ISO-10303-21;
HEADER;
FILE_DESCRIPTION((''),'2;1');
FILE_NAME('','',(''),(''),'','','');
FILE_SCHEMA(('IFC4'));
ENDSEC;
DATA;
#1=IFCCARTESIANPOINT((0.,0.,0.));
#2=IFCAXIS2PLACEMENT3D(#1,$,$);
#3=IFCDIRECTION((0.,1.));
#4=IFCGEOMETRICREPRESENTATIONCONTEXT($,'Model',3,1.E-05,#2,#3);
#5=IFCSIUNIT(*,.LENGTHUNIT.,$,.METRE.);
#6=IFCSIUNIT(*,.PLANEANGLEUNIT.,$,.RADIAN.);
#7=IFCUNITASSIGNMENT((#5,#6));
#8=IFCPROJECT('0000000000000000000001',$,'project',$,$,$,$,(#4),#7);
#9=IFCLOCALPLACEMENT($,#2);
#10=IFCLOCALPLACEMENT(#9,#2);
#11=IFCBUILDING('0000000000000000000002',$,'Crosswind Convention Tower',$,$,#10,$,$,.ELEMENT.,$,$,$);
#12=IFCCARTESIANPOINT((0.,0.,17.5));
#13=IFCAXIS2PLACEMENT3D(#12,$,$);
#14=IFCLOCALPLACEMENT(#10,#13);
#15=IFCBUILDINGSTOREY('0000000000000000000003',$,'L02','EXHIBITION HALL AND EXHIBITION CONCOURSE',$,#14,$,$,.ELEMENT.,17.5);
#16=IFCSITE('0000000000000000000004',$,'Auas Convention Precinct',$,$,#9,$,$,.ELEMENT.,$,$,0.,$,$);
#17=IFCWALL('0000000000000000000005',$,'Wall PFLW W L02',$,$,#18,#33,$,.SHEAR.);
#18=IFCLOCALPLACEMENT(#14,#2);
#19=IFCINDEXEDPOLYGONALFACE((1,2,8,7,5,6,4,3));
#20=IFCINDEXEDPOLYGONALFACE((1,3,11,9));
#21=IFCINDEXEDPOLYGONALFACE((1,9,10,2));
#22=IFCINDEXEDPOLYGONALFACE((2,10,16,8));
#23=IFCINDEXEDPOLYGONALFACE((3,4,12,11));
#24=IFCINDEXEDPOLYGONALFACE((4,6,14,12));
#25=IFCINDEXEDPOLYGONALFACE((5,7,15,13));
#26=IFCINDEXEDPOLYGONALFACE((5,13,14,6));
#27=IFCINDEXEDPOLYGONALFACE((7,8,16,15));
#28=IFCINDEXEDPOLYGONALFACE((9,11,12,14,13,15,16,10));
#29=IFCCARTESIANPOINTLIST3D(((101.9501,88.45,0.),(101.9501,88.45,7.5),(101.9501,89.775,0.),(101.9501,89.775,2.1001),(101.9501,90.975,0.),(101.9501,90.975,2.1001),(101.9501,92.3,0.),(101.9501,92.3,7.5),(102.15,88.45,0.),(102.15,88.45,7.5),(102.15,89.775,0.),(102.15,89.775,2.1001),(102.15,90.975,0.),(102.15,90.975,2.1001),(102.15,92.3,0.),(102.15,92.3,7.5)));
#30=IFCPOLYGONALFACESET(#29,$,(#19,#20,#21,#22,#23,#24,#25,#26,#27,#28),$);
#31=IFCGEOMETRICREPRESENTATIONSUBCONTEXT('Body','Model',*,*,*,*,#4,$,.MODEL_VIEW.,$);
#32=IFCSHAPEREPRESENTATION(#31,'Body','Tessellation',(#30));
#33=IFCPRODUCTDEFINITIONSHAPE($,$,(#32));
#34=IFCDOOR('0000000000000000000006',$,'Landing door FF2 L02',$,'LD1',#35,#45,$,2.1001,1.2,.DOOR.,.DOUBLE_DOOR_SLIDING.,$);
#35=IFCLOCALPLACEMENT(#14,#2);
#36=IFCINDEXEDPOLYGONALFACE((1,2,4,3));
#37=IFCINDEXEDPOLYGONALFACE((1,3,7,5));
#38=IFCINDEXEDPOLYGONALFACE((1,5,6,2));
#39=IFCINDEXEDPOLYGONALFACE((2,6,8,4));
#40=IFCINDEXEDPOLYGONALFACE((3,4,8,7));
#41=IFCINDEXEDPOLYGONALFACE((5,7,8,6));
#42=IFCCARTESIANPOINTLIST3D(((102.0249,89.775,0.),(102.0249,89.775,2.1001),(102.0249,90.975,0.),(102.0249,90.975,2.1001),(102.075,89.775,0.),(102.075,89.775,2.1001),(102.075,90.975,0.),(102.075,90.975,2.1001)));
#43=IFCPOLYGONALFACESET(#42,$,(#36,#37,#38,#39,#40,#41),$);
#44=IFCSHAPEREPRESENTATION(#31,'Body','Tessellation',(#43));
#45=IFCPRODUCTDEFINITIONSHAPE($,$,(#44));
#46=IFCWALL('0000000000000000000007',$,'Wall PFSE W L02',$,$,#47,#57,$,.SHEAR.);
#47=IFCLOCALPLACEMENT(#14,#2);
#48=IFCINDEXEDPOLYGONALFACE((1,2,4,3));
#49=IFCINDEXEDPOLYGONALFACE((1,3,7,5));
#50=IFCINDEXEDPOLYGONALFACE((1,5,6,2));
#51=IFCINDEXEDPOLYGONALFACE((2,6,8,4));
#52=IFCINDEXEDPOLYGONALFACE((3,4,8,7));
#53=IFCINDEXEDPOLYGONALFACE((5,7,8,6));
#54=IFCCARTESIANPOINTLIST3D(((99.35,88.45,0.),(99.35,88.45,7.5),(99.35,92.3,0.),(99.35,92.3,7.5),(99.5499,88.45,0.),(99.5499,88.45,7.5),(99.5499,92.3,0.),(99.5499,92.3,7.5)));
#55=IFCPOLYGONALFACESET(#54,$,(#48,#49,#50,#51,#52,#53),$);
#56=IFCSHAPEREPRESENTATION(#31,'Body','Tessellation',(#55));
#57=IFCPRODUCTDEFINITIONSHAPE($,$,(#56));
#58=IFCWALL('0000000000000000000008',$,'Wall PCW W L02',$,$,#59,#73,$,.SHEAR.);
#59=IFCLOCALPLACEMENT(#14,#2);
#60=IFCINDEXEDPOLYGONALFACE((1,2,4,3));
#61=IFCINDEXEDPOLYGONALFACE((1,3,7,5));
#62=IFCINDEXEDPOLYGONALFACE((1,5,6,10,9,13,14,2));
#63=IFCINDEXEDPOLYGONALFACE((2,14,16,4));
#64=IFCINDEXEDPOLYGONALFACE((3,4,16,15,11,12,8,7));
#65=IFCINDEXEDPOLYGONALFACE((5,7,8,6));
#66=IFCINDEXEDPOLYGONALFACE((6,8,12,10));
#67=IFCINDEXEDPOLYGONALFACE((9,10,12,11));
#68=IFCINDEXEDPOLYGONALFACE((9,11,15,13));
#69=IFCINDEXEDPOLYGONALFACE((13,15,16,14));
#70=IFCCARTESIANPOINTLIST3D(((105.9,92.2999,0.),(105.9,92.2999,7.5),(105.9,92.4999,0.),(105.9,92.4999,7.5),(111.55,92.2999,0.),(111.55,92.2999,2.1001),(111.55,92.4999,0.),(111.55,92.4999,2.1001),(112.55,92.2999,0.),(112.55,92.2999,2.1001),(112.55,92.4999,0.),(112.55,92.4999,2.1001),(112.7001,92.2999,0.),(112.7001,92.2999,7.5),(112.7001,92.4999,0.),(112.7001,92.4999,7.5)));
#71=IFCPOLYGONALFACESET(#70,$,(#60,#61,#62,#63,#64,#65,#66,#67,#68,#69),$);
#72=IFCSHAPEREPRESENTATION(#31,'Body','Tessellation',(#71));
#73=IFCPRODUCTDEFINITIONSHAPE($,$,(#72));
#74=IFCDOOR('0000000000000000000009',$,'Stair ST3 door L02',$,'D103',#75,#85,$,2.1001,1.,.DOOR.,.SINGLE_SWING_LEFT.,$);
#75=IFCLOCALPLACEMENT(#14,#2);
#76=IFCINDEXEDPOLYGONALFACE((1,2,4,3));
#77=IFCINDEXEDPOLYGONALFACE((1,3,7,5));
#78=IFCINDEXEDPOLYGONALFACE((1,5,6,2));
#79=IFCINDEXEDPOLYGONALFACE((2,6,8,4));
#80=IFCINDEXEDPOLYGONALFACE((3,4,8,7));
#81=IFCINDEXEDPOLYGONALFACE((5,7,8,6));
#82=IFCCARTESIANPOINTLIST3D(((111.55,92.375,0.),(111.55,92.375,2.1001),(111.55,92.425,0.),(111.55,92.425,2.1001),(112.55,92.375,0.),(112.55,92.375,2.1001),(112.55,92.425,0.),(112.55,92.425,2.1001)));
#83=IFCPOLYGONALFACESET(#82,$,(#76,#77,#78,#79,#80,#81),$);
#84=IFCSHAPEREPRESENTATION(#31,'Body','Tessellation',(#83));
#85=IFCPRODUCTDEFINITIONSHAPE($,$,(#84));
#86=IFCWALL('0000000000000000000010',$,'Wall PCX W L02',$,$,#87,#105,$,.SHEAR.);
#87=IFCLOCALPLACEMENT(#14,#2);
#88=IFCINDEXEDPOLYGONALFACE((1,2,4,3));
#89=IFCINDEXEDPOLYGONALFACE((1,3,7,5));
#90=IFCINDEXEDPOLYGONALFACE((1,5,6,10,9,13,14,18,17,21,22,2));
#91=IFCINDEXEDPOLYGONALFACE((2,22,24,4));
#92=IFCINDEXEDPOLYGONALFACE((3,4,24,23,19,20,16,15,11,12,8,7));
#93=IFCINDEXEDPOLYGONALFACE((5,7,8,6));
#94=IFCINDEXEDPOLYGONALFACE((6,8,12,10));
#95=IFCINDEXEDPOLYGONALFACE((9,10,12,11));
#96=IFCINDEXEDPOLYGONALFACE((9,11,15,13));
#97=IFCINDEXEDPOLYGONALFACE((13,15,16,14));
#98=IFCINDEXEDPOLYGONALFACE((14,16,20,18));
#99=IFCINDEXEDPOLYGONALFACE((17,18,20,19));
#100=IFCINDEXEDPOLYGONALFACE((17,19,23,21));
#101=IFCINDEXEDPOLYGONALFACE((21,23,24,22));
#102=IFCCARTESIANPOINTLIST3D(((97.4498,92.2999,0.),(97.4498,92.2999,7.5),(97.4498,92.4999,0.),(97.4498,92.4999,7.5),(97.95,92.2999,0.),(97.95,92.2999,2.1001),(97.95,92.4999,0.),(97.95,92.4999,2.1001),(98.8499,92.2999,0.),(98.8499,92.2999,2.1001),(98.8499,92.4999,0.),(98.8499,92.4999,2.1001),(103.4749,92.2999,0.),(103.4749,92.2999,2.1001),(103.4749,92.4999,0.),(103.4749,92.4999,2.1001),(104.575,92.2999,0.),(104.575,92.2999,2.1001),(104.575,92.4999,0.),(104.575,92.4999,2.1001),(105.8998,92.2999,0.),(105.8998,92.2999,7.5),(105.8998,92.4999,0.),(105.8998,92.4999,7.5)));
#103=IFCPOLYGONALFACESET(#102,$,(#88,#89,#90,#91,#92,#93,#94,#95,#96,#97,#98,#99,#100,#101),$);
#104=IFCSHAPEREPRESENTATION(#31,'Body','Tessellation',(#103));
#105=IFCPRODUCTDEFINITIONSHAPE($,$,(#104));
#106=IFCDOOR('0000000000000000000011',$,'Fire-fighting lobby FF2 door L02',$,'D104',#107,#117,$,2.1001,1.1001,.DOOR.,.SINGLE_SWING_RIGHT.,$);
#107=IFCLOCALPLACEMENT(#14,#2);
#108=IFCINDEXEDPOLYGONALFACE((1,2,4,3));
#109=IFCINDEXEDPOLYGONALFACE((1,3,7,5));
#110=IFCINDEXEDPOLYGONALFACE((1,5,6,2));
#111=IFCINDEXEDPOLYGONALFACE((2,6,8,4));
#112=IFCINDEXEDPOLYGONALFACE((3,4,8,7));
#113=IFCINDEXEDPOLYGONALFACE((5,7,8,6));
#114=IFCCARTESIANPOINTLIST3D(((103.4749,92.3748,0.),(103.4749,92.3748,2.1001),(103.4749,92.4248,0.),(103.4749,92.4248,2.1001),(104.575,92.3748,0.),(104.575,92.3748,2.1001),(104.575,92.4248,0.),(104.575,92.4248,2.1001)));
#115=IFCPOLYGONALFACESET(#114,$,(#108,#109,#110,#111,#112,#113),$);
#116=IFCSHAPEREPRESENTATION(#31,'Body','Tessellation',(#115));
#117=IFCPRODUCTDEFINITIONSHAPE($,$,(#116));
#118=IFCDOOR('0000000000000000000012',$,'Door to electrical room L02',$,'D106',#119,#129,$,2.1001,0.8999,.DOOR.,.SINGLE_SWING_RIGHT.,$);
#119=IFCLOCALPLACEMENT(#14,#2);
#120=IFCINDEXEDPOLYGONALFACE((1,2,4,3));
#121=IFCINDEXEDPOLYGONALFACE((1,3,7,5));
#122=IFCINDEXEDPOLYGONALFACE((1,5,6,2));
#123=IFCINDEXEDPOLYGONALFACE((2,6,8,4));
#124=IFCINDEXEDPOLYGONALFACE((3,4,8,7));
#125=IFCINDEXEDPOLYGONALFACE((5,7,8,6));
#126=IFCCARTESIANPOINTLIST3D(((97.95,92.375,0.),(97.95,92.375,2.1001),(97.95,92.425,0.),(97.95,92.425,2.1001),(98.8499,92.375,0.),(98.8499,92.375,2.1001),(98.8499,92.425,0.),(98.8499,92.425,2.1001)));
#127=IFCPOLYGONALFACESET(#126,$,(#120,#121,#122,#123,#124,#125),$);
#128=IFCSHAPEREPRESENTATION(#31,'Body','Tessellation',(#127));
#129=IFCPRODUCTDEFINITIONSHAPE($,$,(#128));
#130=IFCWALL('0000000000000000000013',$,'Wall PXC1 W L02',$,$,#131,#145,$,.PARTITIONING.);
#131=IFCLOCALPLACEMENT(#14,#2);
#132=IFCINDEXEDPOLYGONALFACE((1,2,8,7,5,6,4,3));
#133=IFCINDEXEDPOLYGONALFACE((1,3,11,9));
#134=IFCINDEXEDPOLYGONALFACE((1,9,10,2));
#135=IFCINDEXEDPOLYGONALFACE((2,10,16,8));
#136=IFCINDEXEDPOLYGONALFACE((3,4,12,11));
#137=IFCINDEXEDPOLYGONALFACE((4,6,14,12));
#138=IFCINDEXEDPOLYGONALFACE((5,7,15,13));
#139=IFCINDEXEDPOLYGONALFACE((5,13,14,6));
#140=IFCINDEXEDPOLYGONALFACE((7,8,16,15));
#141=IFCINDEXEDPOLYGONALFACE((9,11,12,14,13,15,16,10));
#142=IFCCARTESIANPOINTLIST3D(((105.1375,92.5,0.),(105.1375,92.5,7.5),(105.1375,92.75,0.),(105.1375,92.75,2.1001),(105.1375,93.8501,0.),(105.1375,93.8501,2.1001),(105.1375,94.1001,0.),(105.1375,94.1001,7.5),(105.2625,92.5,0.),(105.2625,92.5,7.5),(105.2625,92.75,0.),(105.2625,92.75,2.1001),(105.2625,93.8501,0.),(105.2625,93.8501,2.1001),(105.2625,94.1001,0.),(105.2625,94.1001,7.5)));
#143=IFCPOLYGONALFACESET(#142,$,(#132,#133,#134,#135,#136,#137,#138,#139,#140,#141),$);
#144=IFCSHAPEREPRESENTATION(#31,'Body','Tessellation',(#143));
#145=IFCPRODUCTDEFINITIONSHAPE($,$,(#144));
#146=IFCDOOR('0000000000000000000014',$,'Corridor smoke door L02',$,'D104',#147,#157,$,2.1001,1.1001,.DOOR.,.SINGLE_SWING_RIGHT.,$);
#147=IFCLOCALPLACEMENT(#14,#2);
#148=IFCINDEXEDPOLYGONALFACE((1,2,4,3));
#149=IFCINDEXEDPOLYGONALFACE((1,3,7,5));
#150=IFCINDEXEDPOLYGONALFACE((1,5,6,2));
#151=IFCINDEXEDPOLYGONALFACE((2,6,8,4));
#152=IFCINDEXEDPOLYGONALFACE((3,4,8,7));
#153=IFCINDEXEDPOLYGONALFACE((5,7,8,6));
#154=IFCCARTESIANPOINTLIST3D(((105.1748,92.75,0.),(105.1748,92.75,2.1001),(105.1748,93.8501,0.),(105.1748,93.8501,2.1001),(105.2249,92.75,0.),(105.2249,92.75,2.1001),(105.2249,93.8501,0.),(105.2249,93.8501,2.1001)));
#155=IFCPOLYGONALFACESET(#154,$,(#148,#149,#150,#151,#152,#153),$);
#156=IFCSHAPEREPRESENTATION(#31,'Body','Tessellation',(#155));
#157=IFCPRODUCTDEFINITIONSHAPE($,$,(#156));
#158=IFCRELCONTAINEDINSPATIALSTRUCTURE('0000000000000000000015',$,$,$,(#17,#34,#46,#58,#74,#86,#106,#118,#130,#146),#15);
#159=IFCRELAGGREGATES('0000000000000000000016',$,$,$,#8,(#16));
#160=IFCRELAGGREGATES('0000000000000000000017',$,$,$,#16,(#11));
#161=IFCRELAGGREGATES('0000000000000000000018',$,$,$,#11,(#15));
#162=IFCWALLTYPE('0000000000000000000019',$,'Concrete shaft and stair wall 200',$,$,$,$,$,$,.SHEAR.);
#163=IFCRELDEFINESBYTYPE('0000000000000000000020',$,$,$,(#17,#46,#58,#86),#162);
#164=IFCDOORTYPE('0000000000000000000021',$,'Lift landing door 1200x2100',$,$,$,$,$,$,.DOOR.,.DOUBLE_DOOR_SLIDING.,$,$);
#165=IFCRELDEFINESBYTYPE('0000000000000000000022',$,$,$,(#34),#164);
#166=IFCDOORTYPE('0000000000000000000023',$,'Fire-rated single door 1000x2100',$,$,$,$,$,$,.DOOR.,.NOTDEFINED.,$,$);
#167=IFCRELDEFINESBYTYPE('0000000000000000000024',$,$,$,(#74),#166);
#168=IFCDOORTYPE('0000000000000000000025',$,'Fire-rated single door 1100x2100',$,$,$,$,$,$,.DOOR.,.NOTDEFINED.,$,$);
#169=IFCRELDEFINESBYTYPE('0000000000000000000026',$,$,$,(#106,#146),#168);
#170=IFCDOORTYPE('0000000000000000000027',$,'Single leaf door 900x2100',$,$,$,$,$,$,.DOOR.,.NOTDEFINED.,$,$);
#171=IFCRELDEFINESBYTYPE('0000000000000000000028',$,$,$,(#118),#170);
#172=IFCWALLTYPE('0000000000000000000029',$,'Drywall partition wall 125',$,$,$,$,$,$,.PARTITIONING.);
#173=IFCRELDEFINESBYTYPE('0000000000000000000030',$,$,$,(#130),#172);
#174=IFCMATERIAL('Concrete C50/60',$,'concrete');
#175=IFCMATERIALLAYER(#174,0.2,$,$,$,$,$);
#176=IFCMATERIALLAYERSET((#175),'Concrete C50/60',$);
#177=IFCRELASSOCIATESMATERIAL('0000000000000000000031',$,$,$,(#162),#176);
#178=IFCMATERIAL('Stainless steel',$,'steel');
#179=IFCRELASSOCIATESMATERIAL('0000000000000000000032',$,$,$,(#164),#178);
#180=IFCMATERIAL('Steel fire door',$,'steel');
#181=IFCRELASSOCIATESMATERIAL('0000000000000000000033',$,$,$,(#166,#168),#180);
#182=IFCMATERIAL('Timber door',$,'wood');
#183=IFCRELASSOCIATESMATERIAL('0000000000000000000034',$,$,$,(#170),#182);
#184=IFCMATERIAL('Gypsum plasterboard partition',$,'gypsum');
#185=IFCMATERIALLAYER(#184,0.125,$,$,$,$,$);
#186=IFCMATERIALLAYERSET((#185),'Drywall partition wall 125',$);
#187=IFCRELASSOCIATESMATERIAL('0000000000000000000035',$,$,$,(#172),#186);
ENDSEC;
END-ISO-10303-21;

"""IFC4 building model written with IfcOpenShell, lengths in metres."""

from ifc_helpers import new_model, si_unit, direction, frame, frame_2d, origin, place, context, subcontext, project, spatial, rectangle, extrude, material, layer, layer_set, type_object, element, fill, save


model = new_model("IFC4")

# Units and contexts
model_context = context("Model", 3, precision=1e-05, world=origin(), true_north=direction((0.0, 1.0)))
body_context = subcontext(model_context, "Body", "Model", "MODEL_VIEW")
ifc_project = project(units=[si_unit("LENGTHUNIT", "METRE"), si_unit("PLANEANGLEUNIT", "RADIAN")], contexts=[model_context])

# Site, building, storey
site_placement = place(None, origin())
site = spatial("IfcSite", under=ifc_project, at=site_placement, Name="Auas Convention Precinct", CompositionType="ELEMENT", RefElevation=0.0)
building_placement = place(site_placement, origin())
building = spatial("IfcBuilding", under=site, at=building_placement, Name="Crosswind Convention Tower", CompositionType="ELEMENT")
storey_placement = place(building_placement, frame((0.0, 0.0, 17.5)))
storey = spatial("IfcBuildingStorey", under=building, at=storey_placement, Name="L02", Description="EXHIBITION HALL AND EXHIBITION CONCOURSE", CompositionType="ELEMENT", Elevation=17.5)

# Shared definitions
ifc_material_1 = material(Name="Concrete C50/60", Category="concrete")
ifc_layer_1 = layer(ifc_material_1, 0.2)
ifc_layer_set_1 = layer_set([ifc_layer_1], Name="Concrete C50/60")
wall_type_1 = type_object("IfcWallType", Name="Concrete shaft and stair wall 200", PredefinedType="SHEAR", material=ifc_layer_set_1)

# Wall, opening, door
wall_1_placement = place(storey_placement, frame((102.05, 92.3, 0.0), z_axis=(0.0, 0.0, 1.0), x_axis=(0.0, -1.0, 0.0)))
wall_1 = element("IfcWall", 1, at=wall_1_placement, inside=storey, type_object=wall_type_1, Name="Wall PFLW W L02", PredefinedType="SHEAR", context=body_context, shape_type="SweptSolid", body=[
    extrude(rectangle(XDim=3.8501, YDim=0.2, at=frame_2d((1.925, 0.0))), origin(), (0.0, 0.0, 1.0), 7.5),
])
opening_1_placement = place(wall_1_placement, frame((1.325, 0.0, 0.0)))
opening_1 = element("IfcOpeningElement", 2, at=opening_1_placement, cuts=wall_1, PredefinedType="OPENING", context=body_context, shape_type="SweptSolid", body=[
    extrude(rectangle(XDim=1.2, YDim=2.1001, at=frame_2d((0.6001, 1.05))), frame((0.0, 0.1099, 0.0), z_axis=(0.0, -1.0, 0.0), x_axis=(1.0, 0.0, 0.0)), (0.0, 0.0, 1.0), 0.22),
])
ifc_material_2 = material(Name="Stainless steel", Category="steel")
door_type_1 = type_object("IfcDoorType", Name="Lift landing door 1200x2100", OperationType="DOUBLE_DOOR_SLIDING", PredefinedType="DOOR", material=ifc_material_2)
door_1_placement = place(opening_1_placement, origin())
door_1 = element("IfcDoor", 3, at=door_1_placement, inside=storey, type_object=door_type_1, Name="Landing door FF2 L02", ObjectType="LD1", OperationType="DOUBLE_DOOR_SLIDING", OverallHeight=2.1001, OverallWidth=1.2, PredefinedType="DOOR", context=body_context, shape_type="SweptSolid", body=[
    extrude(rectangle(XDim=1.2, YDim=2.1001, at=frame_2d((0.6001, 1.05))), frame((0.0, 0.0249, 0.0), z_axis=(0.0, -1.0, 0.0), x_axis=(1.0, 0.0, 0.0)), (0.0, 0.0, 1.0), 0.05),
])
fill(opening_1, door_1)

# Wall
wall_2_placement = place(storey_placement, frame((99.45, 92.3, 0.0), z_axis=(0.0, 0.0, 1.0), x_axis=(0.0, -1.0, 0.0)))
element("IfcWall", 4, at=wall_2_placement, inside=storey, type_object=wall_type_1, Name="Wall PFSE W L02", PredefinedType="SHEAR", context=body_context, shape_type="SweptSolid", body=[
    extrude(rectangle(XDim=3.8501, YDim=0.2, at=frame_2d((1.925, 0.0))), origin(), (0.0, 0.0, 1.0), 7.5),
])

# Wall, opening, door
wall_3_placement = place(storey_placement, frame((112.7, 92.3999, 0.0), z_axis=(0.0, 0.0, 1.0), x_axis=(-1.0, 0.0, 0.0)))
wall_3 = element("IfcWall", 5, at=wall_3_placement, inside=storey, type_object=wall_type_1, Name="Wall PCW W L02", PredefinedType="SHEAR", context=body_context, shape_type="SweptSolid", body=[
    extrude(rectangle(XDim=6.8, YDim=0.2, at=frame_2d((3.3999, 0.0))), origin(), (0.0, 0.0, 1.0), 7.5),
])
opening_2_placement = place(wall_3_placement, frame((0.1499, 0.0, 0.0)))
opening_2 = element("IfcOpeningElement", 6, at=opening_2_placement, cuts=wall_3, PredefinedType="OPENING", context=body_context, shape_type="SweptSolid", body=[
    extrude(rectangle(XDim=1.0, YDim=2.1001, at=frame_2d((0.5, 1.05))), frame((0.0, 0.1099, 0.0), z_axis=(0.0, -1.0, 0.0), x_axis=(1.0, 0.0, 0.0)), (0.0, 0.0, 1.0), 0.22),
])
ifc_material_3 = material(Name="Steel fire door", Category="steel")
door_type_2 = type_object("IfcDoorType", Name="Fire-rated single door 1000x2100", OperationType="NOTDEFINED", PredefinedType="DOOR", material=ifc_material_3)
door_2_placement = place(opening_2_placement, origin())
door_2 = element("IfcDoor", 7, at=door_2_placement, inside=storey, type_object=door_type_2, Name="Stair ST3 door L02", ObjectType="D103", OperationType="SINGLE_SWING_LEFT", OverallHeight=2.1001, OverallWidth=1.0, PredefinedType="DOOR", context=body_context, shape_type="SweptSolid", body=[
    extrude(rectangle(XDim=1.0, YDim=2.1001, at=frame_2d((0.5, 1.05))), frame((0.0, 0.0249, 0.0), z_axis=(0.0, -1.0, 0.0), x_axis=(1.0, 0.0, 0.0)), (0.0, 0.0, 1.0), 0.05),
])
fill(opening_2, door_2)

# Wall, openings, doors
wall_4_placement = place(storey_placement, frame((105.8999, 92.3999, 0.0), z_axis=(0.0, 0.0, 1.0), x_axis=(-1.0, 0.0, 0.0)))
wall_4 = element("IfcWall", 8, at=wall_4_placement, inside=storey, type_object=wall_type_1, Name="Wall PCX W L02", PredefinedType="SHEAR", context=body_context, shape_type="SweptSolid", body=[
    extrude(rectangle(XDim=8.45, YDim=0.2, at=frame_2d((4.2251, 0.0))), origin(), (0.0, 0.0, 1.0), 7.5),
])
opening_3_placement = place(wall_4_placement, frame((1.325, 0.0, 0.0)))
opening_3 = element("IfcOpeningElement", 9, at=opening_3_placement, cuts=wall_4, PredefinedType="OPENING", context=body_context, shape_type="SweptSolid", body=[
    extrude(rectangle(XDim=1.1001, YDim=2.1001, at=frame_2d((0.55, 1.05))), frame((0.0, 0.1099, 0.0), z_axis=(0.0, -1.0, 0.0), x_axis=(1.0, 0.0, 0.0)), (0.0, 0.0, 1.0), 0.22),
])
opening_4_placement = place(wall_4_placement, frame((7.05, 0.0, 0.0)))
opening_4 = element("IfcOpeningElement", 10, at=opening_4_placement, cuts=wall_4, PredefinedType="OPENING", context=body_context, shape_type="SweptSolid", body=[
    extrude(rectangle(XDim=0.8999, YDim=2.1001, at=frame_2d((0.45, 1.05))), frame((0.0, 0.1099, 0.0), z_axis=(0.0, -1.0, 0.0), x_axis=(1.0, 0.0, 0.0)), (0.0, 0.0, 1.0), 0.22),
])
door_type_3 = type_object("IfcDoorType", Name="Fire-rated single door 1100x2100", OperationType="NOTDEFINED", PredefinedType="DOOR", material=ifc_material_3)
door_3_placement = place(opening_3_placement, frame((1.1001, 0.0, 0.0), z_axis=(0.0, 0.0, 1.0), x_axis=(-1.0, 0.0, 0.0)))
door_3 = element("IfcDoor", 11, at=door_3_placement, inside=storey, type_object=door_type_3, Name="Fire-fighting lobby FF2 door L02", ObjectType="D104", OperationType="SINGLE_SWING_RIGHT", OverallHeight=2.1001, OverallWidth=1.1001, PredefinedType="DOOR", context=body_context, shape_type="SweptSolid", body=[
    extrude(rectangle(XDim=1.1001, YDim=2.1001, at=frame_2d((0.55, 1.05))), frame((0.0, 0.0249, 0.0), z_axis=(0.0, -1.0, 0.0), x_axis=(1.0, 0.0, 0.0)), (0.0, 0.0, 1.0), 0.05),
])
fill(opening_3, door_3)
ifc_material_4 = material(Name="Timber door", Category="wood")
door_type_4 = type_object("IfcDoorType", Name="Single leaf door 900x2100", OperationType="NOTDEFINED", PredefinedType="DOOR", material=ifc_material_4)
door_4_placement = place(opening_4_placement, origin())
door_4 = element("IfcDoor", 12, at=door_4_placement, inside=storey, type_object=door_type_4, Name="Door to electrical room L02", ObjectType="D106", OperationType="SINGLE_SWING_RIGHT", OverallHeight=2.1001, OverallWidth=0.8999, PredefinedType="DOOR", context=body_context, shape_type="SweptSolid", body=[
    extrude(rectangle(XDim=0.8999, YDim=2.1001, at=frame_2d((0.45, 1.05))), frame((0.0, 0.0249, 0.0), z_axis=(0.0, -1.0, 0.0), x_axis=(1.0, 0.0, 0.0)), (0.0, 0.0, 1.0), 0.05),
])
fill(opening_4, door_4)

# Wall, opening, door
ifc_material_5 = material(Name="Gypsum plasterboard partition", Category="gypsum")
ifc_layer_2 = layer(ifc_material_5, 0.125)
ifc_layer_set_2 = layer_set([ifc_layer_2], Name="Drywall partition wall 125")
wall_type_2 = type_object("IfcWallType", Name="Drywall partition wall 125", PredefinedType="PARTITIONING", material=ifc_layer_set_2)
wall_5_placement = place(storey_placement, frame((105.2, 94.1001, 0.0), z_axis=(0.0, 0.0, 1.0), x_axis=(0.0, -1.0, 0.0)))
wall_5 = element("IfcWall", 13, at=wall_5_placement, inside=storey, type_object=wall_type_2, Name="Wall PXC1 W L02", PredefinedType="PARTITIONING", context=body_context, shape_type="SweptSolid", body=[
    extrude(rectangle(XDim=1.6001, YDim=0.125, at=frame_2d((0.8, 0.0))), origin(), (0.0, 0.0, 1.0), 7.5),
])
opening_5_placement = place(wall_5_placement, frame((0.25, 0.0, 0.0)))
opening_5 = element("IfcOpeningElement", 14, at=opening_5_placement, cuts=wall_5, PredefinedType="OPENING", context=body_context, shape_type="SweptSolid", body=[
    extrude(rectangle(XDim=1.1001, YDim=2.1001, at=frame_2d((0.55, 1.05))), frame((0.0, 0.0725, 0.0), z_axis=(0.0, -1.0, 0.0), x_axis=(1.0, 0.0, 0.0)), (0.0, 0.0, 1.0), 0.145),
])
door_5_placement = place(opening_5_placement, origin())
door_5 = element("IfcDoor", 15, at=door_5_placement, inside=storey, type_object=door_type_3, Name="Corridor smoke door L02", ObjectType="D104", OperationType="SINGLE_SWING_RIGHT", OverallHeight=2.1001, OverallWidth=1.1001, PredefinedType="DOOR", context=body_context, shape_type="SweptSolid", body=[
    extrude(rectangle(XDim=1.1001, YDim=2.1001, at=frame_2d((0.55, 1.05))), frame((0.0, 0.0249, 0.0), z_axis=(0.0, -1.0, 0.0), x_axis=(1.0, 0.0, 0.0)), (0.0, 0.0, 1.0), 0.05),
])
fill(opening_5, door_5)

save(model, "model.ifc")
